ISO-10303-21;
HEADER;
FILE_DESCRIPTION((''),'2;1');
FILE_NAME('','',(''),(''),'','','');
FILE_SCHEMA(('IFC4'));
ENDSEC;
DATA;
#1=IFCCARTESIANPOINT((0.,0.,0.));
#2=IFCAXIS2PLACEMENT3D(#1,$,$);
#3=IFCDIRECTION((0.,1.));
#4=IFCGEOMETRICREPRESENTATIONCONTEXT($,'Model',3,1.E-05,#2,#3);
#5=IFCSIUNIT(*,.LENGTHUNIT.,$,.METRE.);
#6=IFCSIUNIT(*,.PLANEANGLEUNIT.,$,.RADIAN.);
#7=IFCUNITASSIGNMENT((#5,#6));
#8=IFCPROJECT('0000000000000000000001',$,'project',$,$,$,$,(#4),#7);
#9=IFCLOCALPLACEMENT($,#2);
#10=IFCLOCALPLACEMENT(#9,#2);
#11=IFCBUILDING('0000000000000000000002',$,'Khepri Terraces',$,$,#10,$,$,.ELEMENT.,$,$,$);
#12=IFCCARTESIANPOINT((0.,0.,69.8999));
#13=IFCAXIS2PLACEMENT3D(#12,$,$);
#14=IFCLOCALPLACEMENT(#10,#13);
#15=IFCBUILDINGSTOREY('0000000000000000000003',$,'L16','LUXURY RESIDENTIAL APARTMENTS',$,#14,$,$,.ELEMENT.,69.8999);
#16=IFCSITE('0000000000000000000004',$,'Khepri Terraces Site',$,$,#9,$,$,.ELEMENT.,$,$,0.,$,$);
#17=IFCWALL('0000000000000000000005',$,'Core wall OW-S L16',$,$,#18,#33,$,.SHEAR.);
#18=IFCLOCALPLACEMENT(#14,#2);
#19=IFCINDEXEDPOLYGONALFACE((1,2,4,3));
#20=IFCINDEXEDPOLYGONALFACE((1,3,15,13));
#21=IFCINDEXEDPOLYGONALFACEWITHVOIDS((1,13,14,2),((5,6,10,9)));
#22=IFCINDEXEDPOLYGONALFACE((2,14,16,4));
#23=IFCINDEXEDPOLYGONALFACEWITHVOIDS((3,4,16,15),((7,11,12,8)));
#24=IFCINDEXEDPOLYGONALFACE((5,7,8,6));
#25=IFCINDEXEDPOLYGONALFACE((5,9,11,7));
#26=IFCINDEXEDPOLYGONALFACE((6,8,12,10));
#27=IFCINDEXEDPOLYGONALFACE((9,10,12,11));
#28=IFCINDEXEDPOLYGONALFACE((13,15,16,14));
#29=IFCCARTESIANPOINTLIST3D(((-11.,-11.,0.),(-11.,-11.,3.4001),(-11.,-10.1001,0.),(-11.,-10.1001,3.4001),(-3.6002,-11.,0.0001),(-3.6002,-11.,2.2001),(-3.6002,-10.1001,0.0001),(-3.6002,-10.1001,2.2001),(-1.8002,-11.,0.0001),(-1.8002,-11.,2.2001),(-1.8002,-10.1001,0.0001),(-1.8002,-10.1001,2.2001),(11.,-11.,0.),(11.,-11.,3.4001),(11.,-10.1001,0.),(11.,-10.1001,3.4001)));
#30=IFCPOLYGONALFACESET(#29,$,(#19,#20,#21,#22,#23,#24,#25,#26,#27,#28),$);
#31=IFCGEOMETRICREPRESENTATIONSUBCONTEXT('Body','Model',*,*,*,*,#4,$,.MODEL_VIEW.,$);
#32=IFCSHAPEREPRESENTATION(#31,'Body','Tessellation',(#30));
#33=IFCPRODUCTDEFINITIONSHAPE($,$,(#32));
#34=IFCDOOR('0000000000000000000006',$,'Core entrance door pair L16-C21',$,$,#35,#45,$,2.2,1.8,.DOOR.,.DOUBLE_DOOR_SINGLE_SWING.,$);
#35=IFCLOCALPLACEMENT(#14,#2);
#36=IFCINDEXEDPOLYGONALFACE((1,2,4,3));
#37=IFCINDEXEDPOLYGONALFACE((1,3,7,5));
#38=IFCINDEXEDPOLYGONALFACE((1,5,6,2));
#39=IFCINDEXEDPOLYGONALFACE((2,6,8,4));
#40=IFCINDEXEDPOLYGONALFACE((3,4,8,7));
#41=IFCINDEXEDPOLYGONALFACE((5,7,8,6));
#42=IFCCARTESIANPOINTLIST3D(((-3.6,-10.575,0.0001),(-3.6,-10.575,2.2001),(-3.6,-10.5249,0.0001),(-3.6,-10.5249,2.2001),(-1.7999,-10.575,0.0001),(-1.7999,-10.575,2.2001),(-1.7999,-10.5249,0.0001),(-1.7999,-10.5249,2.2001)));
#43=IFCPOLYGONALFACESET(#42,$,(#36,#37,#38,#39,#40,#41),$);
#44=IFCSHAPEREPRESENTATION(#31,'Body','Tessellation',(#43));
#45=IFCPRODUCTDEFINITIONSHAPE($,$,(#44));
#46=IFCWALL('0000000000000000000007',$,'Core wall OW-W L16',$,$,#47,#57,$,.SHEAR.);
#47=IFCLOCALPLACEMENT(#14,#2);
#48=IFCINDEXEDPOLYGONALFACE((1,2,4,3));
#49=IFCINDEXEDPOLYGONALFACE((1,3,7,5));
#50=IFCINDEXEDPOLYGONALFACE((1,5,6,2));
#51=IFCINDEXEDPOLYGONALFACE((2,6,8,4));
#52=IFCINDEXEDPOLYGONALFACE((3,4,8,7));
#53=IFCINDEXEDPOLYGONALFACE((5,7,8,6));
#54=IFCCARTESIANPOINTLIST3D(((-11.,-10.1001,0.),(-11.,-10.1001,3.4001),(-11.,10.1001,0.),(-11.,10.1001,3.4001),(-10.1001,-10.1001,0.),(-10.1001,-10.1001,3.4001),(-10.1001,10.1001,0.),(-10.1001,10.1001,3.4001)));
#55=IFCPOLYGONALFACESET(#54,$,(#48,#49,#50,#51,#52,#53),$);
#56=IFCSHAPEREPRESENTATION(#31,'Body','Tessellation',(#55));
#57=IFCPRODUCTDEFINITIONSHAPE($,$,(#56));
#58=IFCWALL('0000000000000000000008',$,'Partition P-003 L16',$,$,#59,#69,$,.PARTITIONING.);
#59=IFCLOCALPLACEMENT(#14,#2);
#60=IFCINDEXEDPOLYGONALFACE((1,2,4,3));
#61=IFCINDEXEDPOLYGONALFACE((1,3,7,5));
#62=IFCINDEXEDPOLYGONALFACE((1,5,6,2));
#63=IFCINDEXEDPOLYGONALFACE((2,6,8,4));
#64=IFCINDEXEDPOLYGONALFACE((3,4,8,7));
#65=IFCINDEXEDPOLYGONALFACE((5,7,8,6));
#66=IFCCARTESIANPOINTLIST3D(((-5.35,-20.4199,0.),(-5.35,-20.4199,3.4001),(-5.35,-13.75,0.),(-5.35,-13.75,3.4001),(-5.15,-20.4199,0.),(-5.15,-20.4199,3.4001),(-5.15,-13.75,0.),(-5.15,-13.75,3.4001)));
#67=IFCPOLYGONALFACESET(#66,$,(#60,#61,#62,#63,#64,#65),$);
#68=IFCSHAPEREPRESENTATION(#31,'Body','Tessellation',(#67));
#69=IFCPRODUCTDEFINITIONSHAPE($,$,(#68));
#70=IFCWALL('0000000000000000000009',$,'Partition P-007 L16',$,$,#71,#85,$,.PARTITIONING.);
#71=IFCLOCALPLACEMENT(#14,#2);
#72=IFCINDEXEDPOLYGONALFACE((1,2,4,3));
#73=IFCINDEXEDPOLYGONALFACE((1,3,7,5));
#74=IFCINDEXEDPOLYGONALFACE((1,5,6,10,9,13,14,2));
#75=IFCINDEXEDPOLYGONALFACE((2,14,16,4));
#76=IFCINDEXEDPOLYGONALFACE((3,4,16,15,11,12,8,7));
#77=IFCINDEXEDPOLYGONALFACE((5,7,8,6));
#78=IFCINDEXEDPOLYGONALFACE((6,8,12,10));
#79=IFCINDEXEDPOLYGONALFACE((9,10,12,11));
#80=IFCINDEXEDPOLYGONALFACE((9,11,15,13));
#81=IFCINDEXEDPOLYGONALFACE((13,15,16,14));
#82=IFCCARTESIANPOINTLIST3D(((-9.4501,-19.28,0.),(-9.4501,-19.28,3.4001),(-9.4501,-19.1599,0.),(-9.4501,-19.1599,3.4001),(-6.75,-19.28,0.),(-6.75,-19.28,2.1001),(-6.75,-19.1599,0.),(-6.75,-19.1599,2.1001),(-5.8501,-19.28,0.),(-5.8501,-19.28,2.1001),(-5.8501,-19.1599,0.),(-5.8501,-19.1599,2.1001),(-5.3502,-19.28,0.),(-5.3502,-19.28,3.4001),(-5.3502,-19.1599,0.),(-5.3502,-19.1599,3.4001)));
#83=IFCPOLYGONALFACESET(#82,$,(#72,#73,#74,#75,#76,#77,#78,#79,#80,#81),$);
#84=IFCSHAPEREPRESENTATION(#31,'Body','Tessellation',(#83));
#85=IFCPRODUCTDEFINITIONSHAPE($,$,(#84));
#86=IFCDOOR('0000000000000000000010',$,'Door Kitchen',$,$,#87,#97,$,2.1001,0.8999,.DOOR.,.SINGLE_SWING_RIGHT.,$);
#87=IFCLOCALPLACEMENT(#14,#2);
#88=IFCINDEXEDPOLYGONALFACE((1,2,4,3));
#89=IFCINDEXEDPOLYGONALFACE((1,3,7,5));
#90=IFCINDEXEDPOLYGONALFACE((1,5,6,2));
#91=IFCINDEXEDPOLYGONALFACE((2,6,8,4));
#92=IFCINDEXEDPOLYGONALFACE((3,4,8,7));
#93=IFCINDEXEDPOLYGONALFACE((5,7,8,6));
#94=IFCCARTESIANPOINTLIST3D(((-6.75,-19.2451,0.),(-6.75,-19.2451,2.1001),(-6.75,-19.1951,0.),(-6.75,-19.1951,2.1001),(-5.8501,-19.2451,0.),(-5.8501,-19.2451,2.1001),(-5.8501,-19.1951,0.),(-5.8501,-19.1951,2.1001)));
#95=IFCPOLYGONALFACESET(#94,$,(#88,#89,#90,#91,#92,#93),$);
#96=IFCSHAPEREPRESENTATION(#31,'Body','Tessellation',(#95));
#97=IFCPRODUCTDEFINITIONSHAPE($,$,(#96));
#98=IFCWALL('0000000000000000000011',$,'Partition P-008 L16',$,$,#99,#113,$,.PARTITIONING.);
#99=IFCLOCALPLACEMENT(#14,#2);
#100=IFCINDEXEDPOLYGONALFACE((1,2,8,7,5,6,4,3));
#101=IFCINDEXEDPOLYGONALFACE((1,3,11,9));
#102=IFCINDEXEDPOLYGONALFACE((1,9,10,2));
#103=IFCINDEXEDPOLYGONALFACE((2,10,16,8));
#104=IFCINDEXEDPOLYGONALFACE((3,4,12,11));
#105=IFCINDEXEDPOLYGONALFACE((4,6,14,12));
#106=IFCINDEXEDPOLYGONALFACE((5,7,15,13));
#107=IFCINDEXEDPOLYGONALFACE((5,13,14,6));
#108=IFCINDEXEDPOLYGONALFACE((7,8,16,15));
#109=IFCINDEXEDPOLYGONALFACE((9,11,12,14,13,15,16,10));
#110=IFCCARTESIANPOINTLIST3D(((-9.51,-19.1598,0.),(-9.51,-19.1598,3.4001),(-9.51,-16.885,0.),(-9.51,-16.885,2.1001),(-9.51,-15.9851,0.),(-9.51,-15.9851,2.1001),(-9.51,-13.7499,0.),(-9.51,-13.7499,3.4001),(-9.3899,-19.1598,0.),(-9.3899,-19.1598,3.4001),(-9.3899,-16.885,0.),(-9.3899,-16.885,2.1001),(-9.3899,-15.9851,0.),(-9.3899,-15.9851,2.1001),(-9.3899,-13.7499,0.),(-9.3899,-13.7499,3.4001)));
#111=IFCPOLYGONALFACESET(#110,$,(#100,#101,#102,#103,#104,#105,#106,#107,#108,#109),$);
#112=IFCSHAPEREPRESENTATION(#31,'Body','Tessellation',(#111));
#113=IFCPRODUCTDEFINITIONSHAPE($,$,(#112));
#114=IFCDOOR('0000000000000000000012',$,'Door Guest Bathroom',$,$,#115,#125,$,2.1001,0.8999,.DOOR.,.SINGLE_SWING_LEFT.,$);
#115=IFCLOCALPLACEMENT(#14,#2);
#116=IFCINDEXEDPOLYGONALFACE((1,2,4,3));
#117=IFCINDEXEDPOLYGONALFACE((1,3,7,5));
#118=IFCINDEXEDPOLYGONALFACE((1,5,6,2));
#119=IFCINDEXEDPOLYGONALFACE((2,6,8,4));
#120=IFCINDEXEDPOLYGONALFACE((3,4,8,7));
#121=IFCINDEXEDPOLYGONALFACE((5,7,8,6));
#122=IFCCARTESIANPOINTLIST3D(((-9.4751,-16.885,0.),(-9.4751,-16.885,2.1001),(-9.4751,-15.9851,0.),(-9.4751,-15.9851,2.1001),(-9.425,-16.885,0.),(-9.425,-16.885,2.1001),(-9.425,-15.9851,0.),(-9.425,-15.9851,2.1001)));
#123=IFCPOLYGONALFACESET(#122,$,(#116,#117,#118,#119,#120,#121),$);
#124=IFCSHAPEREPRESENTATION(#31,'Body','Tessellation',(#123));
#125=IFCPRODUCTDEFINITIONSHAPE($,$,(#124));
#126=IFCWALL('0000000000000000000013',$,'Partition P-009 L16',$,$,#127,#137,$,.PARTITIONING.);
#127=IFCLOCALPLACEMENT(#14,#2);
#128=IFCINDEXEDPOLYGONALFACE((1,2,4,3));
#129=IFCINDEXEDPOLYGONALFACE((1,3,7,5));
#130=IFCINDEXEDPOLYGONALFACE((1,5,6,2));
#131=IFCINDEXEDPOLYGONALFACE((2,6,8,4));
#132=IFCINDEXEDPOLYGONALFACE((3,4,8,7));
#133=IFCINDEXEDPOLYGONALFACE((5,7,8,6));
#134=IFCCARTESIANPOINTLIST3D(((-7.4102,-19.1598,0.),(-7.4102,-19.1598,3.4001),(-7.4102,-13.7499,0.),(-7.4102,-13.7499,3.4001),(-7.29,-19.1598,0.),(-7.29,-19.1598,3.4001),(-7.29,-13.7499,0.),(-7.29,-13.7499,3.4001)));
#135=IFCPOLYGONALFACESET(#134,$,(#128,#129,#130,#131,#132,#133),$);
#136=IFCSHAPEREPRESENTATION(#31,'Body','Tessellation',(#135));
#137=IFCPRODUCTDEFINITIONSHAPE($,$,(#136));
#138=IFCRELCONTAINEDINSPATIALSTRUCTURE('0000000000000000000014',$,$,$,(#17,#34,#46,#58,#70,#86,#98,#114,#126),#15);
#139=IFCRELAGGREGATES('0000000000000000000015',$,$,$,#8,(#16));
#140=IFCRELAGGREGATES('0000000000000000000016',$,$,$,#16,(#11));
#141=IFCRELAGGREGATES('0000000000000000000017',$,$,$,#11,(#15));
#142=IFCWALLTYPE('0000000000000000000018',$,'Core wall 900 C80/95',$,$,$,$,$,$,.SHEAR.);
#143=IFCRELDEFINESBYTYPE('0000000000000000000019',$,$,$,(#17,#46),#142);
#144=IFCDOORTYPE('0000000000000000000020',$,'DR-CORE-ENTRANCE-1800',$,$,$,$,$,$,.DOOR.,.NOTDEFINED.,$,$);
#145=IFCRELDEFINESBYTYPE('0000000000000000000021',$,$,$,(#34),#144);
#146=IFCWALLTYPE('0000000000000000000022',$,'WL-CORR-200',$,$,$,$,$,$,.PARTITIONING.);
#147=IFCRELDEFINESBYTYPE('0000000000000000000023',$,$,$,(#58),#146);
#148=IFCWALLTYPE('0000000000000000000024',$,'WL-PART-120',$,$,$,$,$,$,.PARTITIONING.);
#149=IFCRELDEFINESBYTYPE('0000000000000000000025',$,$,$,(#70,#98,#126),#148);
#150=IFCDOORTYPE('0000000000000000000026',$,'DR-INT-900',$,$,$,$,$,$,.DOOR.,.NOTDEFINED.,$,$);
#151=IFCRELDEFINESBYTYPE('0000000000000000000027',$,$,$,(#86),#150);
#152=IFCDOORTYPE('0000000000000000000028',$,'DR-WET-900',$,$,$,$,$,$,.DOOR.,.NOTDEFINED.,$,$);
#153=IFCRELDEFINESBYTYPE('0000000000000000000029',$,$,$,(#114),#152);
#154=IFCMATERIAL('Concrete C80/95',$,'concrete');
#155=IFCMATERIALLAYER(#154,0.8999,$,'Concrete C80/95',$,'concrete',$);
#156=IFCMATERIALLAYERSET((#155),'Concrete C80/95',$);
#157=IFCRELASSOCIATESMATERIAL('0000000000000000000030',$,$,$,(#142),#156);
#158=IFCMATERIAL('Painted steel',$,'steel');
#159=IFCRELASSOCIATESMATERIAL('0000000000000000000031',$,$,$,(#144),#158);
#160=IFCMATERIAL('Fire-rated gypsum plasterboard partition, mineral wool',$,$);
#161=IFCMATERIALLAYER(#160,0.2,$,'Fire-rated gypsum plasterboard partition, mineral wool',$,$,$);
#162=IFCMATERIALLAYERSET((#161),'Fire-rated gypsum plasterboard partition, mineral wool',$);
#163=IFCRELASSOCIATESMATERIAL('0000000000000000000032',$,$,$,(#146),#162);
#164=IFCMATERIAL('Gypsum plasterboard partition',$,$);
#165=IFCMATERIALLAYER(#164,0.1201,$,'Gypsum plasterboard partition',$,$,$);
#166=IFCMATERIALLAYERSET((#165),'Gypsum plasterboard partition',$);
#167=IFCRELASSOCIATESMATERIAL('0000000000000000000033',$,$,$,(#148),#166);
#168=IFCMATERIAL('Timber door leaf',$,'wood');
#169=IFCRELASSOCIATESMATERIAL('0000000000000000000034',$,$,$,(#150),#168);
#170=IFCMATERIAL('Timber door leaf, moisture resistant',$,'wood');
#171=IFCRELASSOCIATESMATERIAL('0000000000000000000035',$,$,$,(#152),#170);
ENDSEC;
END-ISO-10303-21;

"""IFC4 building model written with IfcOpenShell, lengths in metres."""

from ifc_helpers import new_model, si_unit, direction, frame, frame_2d, origin, place, context, subcontext, project, spatial, rectangle, extrude, material, layer, layer_set, type_object, element, fill, save


model = new_model("IFC4")

# Units and contexts
model_context = context("Model", 3, precision=1e-05, world=origin(), true_north=direction((0.0, 1.0)))
body_context = subcontext(model_context, "Body", "Model", "MODEL_VIEW")
ifc_project = project(units=[si_unit("LENGTHUNIT", "METRE"), si_unit("PLANEANGLEUNIT", "RADIAN")], contexts=[model_context])

# Site, building, storey
site_placement = place(None, origin())
site = spatial("IfcSite", under=ifc_project, at=site_placement, Name="Khepri Terraces Site", CompositionType="ELEMENT", RefElevation=0.0)
building_placement = place(site_placement, origin())
building = spatial("IfcBuilding", under=site, at=building_placement, Name="Khepri Terraces", CompositionType="ELEMENT")
storey_placement = place(building_placement, frame((0.0, 0.0, 69.8999)))
storey = spatial("IfcBuildingStorey", under=building, at=storey_placement, Name="L16", Description="LUXURY RESIDENTIAL APARTMENTS", CompositionType="ELEMENT", Elevation=69.8999)

# Wall, opening, door
ifc_material_1 = material(Name="Concrete C80/95", Category="concrete")
ifc_layer_1 = layer(ifc_material_1, 0.8999, Name="Concrete C80/95", Category="concrete")
ifc_layer_set_1 = layer_set([ifc_layer_1], Name="Concrete C80/95")
wall_type_1 = type_object("IfcWallType", Name="Core wall 900 C80/95", PredefinedType="SHEAR", material=ifc_layer_set_1)
wall_1_placement = place(storey_placement, frame((-11.0, -10.55, 0.0), z_axis=(0.0, 0.0, 1.0), x_axis=(1.0, 0.0, 0.0)))
wall_1 = element("IfcWall", 1, at=wall_1_placement, inside=storey, type_object=wall_type_1, Name="Core wall OW-S L16", PredefinedType="SHEAR", context=body_context, shape_type="SweptSolid", body=[
    extrude(rectangle(XDim=22.0, YDim=0.8999, at=frame_2d((11.0, 0.0))), origin(), (0.0, 0.0, 1.0), 3.4001),
])
opening_1_placement = place(wall_1_placement, frame((7.3999, 0.0, 0.0)))
opening_1 = element("IfcOpeningElement", 2, at=opening_1_placement, cuts=wall_1, PredefinedType="OPENING", context=body_context, shape_type="SweptSolid", body=[
    extrude(rectangle(XDim=1.8, YDim=2.2, at=frame_2d((0.8999, 1.1001))), frame((0.0, 0.46, 0.0), z_axis=(0.0, -1.0, 0.0), x_axis=(1.0, 0.0, 0.0)), (0.0, 0.0, 1.0), 0.9199),
])
ifc_material_2 = material(Name="Painted steel", Category="steel")
door_type_1 = type_object("IfcDoorType", Name="DR-CORE-ENTRANCE-1800", OperationType="NOTDEFINED", PredefinedType="DOOR", material=ifc_material_2)
door_1_placement = place(opening_1_placement, frame((1.8, 0.0, 0.0), z_axis=(0.0, 0.0, 1.0), x_axis=(-1.0, 0.0, 0.0)))
door_1 = element("IfcDoor", 3, at=door_1_placement, inside=storey, type_object=door_type_1, Name="Core entrance door pair L16-C21", OperationType="DOUBLE_DOOR_SINGLE_SWING", OverallHeight=2.2, OverallWidth=1.8, PredefinedType="DOOR", context=body_context, shape_type="SweptSolid", body=[
    extrude(rectangle(XDim=1.8, YDim=2.2, at=frame_2d((0.8999, 1.1001))), frame((0.0, 0.0249, 0.0), z_axis=(0.0, -1.0, 0.0), x_axis=(1.0, 0.0, 0.0)), (0.0, 0.0, 1.0), 0.05),
])
fill(opening_1, door_1)

# Walls
wall_2_placement = place(storey_placement, frame((-10.55, -10.1001, 0.0), z_axis=(0.0, 0.0, 1.0), x_axis=(0.0, 1.0, 0.0)))
element("IfcWall", 4, at=wall_2_placement, inside=storey, type_object=wall_type_1, Name="Core wall OW-W L16", PredefinedType="SHEAR", context=body_context, shape_type="SweptSolid", body=[
    extrude(rectangle(XDim=20.2002, YDim=0.8999, at=frame_2d((10.1001, 0.0))), origin(), (0.0, 0.0, 1.0), 3.4001),
])
ifc_material_3 = material(Name="Fire-rated gypsum plasterboard partition, mineral wool")
ifc_layer_2 = layer(ifc_material_3, 0.2, Name="Fire-rated gypsum plasterboard partition, mineral wool")
ifc_layer_set_2 = layer_set([ifc_layer_2], Name="Fire-rated gypsum plasterboard partition, mineral wool")
wall_type_2 = type_object("IfcWallType", Name="WL-CORR-200", PredefinedType="PARTITIONING", material=ifc_layer_set_2)
wall_3_placement = place(storey_placement, frame((-5.25, -20.4199, 0.0), z_axis=(0.0, 0.0, 1.0), x_axis=(0.0, 1.0, 0.0)))
element("IfcWall", 5, at=wall_3_placement, inside=storey, type_object=wall_type_2, Name="Partition P-003 L16", PredefinedType="PARTITIONING", context=body_context, shape_type="SweptSolid", body=[
    extrude(rectangle(XDim=6.6699, YDim=0.2, at=frame_2d((3.335, 0.0))), origin(), (0.0, 0.0, 1.0), 3.4001),
])

# Walls, openings, doors
ifc_material_4 = material(Name="Gypsum plasterboard partition")
ifc_layer_3 = layer(ifc_material_4, 0.1201, Name="Gypsum plasterboard partition")
ifc_layer_set_3 = layer_set([ifc_layer_3], Name="Gypsum plasterboard partition")
wall_type_3 = type_object("IfcWallType", Name="WL-PART-120", PredefinedType="PARTITIONING", material=ifc_layer_set_3)
wall_4_placement = place(storey_placement, frame((-9.45, -19.22, 0.0), z_axis=(0.0, 0.0, 1.0), x_axis=(1.0, 0.0, 0.0)))
wall_4 = element("IfcWall", 6, at=wall_4_placement, inside=storey, type_object=wall_type_3, Name="Partition P-007 L16", PredefinedType="PARTITIONING", context=body_context, shape_type="SweptSolid", body=[
    extrude(rectangle(XDim=4.0999, YDim=0.1201, at=frame_2d((2.0498, 0.0))), origin(), (0.0, 0.0, 1.0), 3.4001),
])
opening_2_placement = place(wall_4_placement, frame((2.7, 0.0, 0.0)))
opening_2 = element("IfcOpeningElement", 7, at=opening_2_placement, cuts=wall_4, PredefinedType="OPENING", context=body_context, shape_type="SweptSolid", body=[
    extrude(rectangle(XDim=0.8999, YDim=2.1001, at=frame_2d((0.45, 1.05))), frame((0.0, 0.0701, 0.0), z_axis=(0.0, -1.0, 0.0), x_axis=(1.0, 0.0, 0.0)), (0.0, 0.0, 1.0), 0.1401),
])
ifc_material_5 = material(Name="Timber door leaf", Category="wood")
door_type_2 = type_object("IfcDoorType", Name="DR-INT-900", OperationType="NOTDEFINED", PredefinedType="DOOR", material=ifc_material_5)
door_2_placement = place(opening_2_placement, origin())
door_2 = element("IfcDoor", 8, at=door_2_placement, inside=storey, type_object=door_type_2, Name="Door Kitchen", OperationType="SINGLE_SWING_RIGHT", OverallHeight=2.1001, OverallWidth=0.8999, PredefinedType="DOOR", context=body_context, shape_type="SweptSolid", body=[
    extrude(rectangle(XDim=0.8999, YDim=2.1001, at=frame_2d((0.45, 1.05))), frame((0.0, 0.0249, 0.0), z_axis=(0.0, -1.0, 0.0), x_axis=(1.0, 0.0, 0.0)), (0.0, 0.0, 1.0), 0.05),
])
fill(opening_2, door_2)
wall_5_placement = place(storey_placement, frame((-9.45, -19.1599, 0.0), z_axis=(0.0, 0.0, 1.0), x_axis=(0.0, 1.0, 0.0)))
wall_5 = element("IfcWall", 9, at=wall_5_placement, inside=storey, type_object=wall_type_3, Name="Partition P-008 L16", PredefinedType="PARTITIONING", context=body_context, shape_type="SweptSolid", body=[
    extrude(rectangle(XDim=5.4099, YDim=0.1201, at=frame_2d((2.7051, 0.0))), origin(), (0.0, 0.0, 1.0), 3.4001),
])
opening_3_placement = place(wall_5_placement, frame((2.2749, 0.0, 0.0)))
opening_3 = element("IfcOpeningElement", 10, at=opening_3_placement, cuts=wall_5, PredefinedType="OPENING", context=body_context, shape_type="SweptSolid", body=[
    extrude(rectangle(XDim=0.8999, YDim=2.1001, at=frame_2d((0.45, 1.05))), frame((0.0, 0.0701, 0.0), z_axis=(0.0, -1.0, 0.0), x_axis=(1.0, 0.0, 0.0)), (0.0, 0.0, 1.0), 0.1401),
])
ifc_material_6 = material(Name="Timber door leaf, moisture resistant", Category="wood")
door_type_3 = type_object("IfcDoorType", Name="DR-WET-900", OperationType="NOTDEFINED", PredefinedType="DOOR", material=ifc_material_6)
door_3_placement = place(opening_3_placement, frame((0.8999, 0.0, 0.0), z_axis=(0.0, 0.0, 1.0), x_axis=(-1.0, 0.0, 0.0)))
door_3 = element("IfcDoor", 11, at=door_3_placement, inside=storey, type_object=door_type_3, Name="Door Guest Bathroom", OperationType="SINGLE_SWING_LEFT", OverallHeight=2.1001, OverallWidth=0.8999, PredefinedType="DOOR", context=body_context, shape_type="SweptSolid", body=[
    extrude(rectangle(XDim=0.8999, YDim=2.1001, at=frame_2d((0.45, 1.05))), frame((0.0, 0.0249, 0.0), z_axis=(0.0, -1.0, 0.0), x_axis=(1.0, 0.0, 0.0)), (0.0, 0.0, 1.0), 0.05),
])
fill(opening_3, door_3)

# Wall
wall_6_placement = place(storey_placement, frame((-7.3501, -19.1599, 0.0), z_axis=(0.0, 0.0, 1.0), x_axis=(0.0, 1.0, 0.0)))
element("IfcWall", 12, at=wall_6_placement, inside=storey, type_object=wall_type_3, Name="Partition P-009 L16", PredefinedType="PARTITIONING", context=body_context, shape_type="SweptSolid", body=[
    extrude(rectangle(XDim=5.4099, YDim=0.1201, at=frame_2d((2.7051, 0.0))), origin(), (0.0, 0.0, 1.0), 3.4001),
])

save(model, "model.ifc")
